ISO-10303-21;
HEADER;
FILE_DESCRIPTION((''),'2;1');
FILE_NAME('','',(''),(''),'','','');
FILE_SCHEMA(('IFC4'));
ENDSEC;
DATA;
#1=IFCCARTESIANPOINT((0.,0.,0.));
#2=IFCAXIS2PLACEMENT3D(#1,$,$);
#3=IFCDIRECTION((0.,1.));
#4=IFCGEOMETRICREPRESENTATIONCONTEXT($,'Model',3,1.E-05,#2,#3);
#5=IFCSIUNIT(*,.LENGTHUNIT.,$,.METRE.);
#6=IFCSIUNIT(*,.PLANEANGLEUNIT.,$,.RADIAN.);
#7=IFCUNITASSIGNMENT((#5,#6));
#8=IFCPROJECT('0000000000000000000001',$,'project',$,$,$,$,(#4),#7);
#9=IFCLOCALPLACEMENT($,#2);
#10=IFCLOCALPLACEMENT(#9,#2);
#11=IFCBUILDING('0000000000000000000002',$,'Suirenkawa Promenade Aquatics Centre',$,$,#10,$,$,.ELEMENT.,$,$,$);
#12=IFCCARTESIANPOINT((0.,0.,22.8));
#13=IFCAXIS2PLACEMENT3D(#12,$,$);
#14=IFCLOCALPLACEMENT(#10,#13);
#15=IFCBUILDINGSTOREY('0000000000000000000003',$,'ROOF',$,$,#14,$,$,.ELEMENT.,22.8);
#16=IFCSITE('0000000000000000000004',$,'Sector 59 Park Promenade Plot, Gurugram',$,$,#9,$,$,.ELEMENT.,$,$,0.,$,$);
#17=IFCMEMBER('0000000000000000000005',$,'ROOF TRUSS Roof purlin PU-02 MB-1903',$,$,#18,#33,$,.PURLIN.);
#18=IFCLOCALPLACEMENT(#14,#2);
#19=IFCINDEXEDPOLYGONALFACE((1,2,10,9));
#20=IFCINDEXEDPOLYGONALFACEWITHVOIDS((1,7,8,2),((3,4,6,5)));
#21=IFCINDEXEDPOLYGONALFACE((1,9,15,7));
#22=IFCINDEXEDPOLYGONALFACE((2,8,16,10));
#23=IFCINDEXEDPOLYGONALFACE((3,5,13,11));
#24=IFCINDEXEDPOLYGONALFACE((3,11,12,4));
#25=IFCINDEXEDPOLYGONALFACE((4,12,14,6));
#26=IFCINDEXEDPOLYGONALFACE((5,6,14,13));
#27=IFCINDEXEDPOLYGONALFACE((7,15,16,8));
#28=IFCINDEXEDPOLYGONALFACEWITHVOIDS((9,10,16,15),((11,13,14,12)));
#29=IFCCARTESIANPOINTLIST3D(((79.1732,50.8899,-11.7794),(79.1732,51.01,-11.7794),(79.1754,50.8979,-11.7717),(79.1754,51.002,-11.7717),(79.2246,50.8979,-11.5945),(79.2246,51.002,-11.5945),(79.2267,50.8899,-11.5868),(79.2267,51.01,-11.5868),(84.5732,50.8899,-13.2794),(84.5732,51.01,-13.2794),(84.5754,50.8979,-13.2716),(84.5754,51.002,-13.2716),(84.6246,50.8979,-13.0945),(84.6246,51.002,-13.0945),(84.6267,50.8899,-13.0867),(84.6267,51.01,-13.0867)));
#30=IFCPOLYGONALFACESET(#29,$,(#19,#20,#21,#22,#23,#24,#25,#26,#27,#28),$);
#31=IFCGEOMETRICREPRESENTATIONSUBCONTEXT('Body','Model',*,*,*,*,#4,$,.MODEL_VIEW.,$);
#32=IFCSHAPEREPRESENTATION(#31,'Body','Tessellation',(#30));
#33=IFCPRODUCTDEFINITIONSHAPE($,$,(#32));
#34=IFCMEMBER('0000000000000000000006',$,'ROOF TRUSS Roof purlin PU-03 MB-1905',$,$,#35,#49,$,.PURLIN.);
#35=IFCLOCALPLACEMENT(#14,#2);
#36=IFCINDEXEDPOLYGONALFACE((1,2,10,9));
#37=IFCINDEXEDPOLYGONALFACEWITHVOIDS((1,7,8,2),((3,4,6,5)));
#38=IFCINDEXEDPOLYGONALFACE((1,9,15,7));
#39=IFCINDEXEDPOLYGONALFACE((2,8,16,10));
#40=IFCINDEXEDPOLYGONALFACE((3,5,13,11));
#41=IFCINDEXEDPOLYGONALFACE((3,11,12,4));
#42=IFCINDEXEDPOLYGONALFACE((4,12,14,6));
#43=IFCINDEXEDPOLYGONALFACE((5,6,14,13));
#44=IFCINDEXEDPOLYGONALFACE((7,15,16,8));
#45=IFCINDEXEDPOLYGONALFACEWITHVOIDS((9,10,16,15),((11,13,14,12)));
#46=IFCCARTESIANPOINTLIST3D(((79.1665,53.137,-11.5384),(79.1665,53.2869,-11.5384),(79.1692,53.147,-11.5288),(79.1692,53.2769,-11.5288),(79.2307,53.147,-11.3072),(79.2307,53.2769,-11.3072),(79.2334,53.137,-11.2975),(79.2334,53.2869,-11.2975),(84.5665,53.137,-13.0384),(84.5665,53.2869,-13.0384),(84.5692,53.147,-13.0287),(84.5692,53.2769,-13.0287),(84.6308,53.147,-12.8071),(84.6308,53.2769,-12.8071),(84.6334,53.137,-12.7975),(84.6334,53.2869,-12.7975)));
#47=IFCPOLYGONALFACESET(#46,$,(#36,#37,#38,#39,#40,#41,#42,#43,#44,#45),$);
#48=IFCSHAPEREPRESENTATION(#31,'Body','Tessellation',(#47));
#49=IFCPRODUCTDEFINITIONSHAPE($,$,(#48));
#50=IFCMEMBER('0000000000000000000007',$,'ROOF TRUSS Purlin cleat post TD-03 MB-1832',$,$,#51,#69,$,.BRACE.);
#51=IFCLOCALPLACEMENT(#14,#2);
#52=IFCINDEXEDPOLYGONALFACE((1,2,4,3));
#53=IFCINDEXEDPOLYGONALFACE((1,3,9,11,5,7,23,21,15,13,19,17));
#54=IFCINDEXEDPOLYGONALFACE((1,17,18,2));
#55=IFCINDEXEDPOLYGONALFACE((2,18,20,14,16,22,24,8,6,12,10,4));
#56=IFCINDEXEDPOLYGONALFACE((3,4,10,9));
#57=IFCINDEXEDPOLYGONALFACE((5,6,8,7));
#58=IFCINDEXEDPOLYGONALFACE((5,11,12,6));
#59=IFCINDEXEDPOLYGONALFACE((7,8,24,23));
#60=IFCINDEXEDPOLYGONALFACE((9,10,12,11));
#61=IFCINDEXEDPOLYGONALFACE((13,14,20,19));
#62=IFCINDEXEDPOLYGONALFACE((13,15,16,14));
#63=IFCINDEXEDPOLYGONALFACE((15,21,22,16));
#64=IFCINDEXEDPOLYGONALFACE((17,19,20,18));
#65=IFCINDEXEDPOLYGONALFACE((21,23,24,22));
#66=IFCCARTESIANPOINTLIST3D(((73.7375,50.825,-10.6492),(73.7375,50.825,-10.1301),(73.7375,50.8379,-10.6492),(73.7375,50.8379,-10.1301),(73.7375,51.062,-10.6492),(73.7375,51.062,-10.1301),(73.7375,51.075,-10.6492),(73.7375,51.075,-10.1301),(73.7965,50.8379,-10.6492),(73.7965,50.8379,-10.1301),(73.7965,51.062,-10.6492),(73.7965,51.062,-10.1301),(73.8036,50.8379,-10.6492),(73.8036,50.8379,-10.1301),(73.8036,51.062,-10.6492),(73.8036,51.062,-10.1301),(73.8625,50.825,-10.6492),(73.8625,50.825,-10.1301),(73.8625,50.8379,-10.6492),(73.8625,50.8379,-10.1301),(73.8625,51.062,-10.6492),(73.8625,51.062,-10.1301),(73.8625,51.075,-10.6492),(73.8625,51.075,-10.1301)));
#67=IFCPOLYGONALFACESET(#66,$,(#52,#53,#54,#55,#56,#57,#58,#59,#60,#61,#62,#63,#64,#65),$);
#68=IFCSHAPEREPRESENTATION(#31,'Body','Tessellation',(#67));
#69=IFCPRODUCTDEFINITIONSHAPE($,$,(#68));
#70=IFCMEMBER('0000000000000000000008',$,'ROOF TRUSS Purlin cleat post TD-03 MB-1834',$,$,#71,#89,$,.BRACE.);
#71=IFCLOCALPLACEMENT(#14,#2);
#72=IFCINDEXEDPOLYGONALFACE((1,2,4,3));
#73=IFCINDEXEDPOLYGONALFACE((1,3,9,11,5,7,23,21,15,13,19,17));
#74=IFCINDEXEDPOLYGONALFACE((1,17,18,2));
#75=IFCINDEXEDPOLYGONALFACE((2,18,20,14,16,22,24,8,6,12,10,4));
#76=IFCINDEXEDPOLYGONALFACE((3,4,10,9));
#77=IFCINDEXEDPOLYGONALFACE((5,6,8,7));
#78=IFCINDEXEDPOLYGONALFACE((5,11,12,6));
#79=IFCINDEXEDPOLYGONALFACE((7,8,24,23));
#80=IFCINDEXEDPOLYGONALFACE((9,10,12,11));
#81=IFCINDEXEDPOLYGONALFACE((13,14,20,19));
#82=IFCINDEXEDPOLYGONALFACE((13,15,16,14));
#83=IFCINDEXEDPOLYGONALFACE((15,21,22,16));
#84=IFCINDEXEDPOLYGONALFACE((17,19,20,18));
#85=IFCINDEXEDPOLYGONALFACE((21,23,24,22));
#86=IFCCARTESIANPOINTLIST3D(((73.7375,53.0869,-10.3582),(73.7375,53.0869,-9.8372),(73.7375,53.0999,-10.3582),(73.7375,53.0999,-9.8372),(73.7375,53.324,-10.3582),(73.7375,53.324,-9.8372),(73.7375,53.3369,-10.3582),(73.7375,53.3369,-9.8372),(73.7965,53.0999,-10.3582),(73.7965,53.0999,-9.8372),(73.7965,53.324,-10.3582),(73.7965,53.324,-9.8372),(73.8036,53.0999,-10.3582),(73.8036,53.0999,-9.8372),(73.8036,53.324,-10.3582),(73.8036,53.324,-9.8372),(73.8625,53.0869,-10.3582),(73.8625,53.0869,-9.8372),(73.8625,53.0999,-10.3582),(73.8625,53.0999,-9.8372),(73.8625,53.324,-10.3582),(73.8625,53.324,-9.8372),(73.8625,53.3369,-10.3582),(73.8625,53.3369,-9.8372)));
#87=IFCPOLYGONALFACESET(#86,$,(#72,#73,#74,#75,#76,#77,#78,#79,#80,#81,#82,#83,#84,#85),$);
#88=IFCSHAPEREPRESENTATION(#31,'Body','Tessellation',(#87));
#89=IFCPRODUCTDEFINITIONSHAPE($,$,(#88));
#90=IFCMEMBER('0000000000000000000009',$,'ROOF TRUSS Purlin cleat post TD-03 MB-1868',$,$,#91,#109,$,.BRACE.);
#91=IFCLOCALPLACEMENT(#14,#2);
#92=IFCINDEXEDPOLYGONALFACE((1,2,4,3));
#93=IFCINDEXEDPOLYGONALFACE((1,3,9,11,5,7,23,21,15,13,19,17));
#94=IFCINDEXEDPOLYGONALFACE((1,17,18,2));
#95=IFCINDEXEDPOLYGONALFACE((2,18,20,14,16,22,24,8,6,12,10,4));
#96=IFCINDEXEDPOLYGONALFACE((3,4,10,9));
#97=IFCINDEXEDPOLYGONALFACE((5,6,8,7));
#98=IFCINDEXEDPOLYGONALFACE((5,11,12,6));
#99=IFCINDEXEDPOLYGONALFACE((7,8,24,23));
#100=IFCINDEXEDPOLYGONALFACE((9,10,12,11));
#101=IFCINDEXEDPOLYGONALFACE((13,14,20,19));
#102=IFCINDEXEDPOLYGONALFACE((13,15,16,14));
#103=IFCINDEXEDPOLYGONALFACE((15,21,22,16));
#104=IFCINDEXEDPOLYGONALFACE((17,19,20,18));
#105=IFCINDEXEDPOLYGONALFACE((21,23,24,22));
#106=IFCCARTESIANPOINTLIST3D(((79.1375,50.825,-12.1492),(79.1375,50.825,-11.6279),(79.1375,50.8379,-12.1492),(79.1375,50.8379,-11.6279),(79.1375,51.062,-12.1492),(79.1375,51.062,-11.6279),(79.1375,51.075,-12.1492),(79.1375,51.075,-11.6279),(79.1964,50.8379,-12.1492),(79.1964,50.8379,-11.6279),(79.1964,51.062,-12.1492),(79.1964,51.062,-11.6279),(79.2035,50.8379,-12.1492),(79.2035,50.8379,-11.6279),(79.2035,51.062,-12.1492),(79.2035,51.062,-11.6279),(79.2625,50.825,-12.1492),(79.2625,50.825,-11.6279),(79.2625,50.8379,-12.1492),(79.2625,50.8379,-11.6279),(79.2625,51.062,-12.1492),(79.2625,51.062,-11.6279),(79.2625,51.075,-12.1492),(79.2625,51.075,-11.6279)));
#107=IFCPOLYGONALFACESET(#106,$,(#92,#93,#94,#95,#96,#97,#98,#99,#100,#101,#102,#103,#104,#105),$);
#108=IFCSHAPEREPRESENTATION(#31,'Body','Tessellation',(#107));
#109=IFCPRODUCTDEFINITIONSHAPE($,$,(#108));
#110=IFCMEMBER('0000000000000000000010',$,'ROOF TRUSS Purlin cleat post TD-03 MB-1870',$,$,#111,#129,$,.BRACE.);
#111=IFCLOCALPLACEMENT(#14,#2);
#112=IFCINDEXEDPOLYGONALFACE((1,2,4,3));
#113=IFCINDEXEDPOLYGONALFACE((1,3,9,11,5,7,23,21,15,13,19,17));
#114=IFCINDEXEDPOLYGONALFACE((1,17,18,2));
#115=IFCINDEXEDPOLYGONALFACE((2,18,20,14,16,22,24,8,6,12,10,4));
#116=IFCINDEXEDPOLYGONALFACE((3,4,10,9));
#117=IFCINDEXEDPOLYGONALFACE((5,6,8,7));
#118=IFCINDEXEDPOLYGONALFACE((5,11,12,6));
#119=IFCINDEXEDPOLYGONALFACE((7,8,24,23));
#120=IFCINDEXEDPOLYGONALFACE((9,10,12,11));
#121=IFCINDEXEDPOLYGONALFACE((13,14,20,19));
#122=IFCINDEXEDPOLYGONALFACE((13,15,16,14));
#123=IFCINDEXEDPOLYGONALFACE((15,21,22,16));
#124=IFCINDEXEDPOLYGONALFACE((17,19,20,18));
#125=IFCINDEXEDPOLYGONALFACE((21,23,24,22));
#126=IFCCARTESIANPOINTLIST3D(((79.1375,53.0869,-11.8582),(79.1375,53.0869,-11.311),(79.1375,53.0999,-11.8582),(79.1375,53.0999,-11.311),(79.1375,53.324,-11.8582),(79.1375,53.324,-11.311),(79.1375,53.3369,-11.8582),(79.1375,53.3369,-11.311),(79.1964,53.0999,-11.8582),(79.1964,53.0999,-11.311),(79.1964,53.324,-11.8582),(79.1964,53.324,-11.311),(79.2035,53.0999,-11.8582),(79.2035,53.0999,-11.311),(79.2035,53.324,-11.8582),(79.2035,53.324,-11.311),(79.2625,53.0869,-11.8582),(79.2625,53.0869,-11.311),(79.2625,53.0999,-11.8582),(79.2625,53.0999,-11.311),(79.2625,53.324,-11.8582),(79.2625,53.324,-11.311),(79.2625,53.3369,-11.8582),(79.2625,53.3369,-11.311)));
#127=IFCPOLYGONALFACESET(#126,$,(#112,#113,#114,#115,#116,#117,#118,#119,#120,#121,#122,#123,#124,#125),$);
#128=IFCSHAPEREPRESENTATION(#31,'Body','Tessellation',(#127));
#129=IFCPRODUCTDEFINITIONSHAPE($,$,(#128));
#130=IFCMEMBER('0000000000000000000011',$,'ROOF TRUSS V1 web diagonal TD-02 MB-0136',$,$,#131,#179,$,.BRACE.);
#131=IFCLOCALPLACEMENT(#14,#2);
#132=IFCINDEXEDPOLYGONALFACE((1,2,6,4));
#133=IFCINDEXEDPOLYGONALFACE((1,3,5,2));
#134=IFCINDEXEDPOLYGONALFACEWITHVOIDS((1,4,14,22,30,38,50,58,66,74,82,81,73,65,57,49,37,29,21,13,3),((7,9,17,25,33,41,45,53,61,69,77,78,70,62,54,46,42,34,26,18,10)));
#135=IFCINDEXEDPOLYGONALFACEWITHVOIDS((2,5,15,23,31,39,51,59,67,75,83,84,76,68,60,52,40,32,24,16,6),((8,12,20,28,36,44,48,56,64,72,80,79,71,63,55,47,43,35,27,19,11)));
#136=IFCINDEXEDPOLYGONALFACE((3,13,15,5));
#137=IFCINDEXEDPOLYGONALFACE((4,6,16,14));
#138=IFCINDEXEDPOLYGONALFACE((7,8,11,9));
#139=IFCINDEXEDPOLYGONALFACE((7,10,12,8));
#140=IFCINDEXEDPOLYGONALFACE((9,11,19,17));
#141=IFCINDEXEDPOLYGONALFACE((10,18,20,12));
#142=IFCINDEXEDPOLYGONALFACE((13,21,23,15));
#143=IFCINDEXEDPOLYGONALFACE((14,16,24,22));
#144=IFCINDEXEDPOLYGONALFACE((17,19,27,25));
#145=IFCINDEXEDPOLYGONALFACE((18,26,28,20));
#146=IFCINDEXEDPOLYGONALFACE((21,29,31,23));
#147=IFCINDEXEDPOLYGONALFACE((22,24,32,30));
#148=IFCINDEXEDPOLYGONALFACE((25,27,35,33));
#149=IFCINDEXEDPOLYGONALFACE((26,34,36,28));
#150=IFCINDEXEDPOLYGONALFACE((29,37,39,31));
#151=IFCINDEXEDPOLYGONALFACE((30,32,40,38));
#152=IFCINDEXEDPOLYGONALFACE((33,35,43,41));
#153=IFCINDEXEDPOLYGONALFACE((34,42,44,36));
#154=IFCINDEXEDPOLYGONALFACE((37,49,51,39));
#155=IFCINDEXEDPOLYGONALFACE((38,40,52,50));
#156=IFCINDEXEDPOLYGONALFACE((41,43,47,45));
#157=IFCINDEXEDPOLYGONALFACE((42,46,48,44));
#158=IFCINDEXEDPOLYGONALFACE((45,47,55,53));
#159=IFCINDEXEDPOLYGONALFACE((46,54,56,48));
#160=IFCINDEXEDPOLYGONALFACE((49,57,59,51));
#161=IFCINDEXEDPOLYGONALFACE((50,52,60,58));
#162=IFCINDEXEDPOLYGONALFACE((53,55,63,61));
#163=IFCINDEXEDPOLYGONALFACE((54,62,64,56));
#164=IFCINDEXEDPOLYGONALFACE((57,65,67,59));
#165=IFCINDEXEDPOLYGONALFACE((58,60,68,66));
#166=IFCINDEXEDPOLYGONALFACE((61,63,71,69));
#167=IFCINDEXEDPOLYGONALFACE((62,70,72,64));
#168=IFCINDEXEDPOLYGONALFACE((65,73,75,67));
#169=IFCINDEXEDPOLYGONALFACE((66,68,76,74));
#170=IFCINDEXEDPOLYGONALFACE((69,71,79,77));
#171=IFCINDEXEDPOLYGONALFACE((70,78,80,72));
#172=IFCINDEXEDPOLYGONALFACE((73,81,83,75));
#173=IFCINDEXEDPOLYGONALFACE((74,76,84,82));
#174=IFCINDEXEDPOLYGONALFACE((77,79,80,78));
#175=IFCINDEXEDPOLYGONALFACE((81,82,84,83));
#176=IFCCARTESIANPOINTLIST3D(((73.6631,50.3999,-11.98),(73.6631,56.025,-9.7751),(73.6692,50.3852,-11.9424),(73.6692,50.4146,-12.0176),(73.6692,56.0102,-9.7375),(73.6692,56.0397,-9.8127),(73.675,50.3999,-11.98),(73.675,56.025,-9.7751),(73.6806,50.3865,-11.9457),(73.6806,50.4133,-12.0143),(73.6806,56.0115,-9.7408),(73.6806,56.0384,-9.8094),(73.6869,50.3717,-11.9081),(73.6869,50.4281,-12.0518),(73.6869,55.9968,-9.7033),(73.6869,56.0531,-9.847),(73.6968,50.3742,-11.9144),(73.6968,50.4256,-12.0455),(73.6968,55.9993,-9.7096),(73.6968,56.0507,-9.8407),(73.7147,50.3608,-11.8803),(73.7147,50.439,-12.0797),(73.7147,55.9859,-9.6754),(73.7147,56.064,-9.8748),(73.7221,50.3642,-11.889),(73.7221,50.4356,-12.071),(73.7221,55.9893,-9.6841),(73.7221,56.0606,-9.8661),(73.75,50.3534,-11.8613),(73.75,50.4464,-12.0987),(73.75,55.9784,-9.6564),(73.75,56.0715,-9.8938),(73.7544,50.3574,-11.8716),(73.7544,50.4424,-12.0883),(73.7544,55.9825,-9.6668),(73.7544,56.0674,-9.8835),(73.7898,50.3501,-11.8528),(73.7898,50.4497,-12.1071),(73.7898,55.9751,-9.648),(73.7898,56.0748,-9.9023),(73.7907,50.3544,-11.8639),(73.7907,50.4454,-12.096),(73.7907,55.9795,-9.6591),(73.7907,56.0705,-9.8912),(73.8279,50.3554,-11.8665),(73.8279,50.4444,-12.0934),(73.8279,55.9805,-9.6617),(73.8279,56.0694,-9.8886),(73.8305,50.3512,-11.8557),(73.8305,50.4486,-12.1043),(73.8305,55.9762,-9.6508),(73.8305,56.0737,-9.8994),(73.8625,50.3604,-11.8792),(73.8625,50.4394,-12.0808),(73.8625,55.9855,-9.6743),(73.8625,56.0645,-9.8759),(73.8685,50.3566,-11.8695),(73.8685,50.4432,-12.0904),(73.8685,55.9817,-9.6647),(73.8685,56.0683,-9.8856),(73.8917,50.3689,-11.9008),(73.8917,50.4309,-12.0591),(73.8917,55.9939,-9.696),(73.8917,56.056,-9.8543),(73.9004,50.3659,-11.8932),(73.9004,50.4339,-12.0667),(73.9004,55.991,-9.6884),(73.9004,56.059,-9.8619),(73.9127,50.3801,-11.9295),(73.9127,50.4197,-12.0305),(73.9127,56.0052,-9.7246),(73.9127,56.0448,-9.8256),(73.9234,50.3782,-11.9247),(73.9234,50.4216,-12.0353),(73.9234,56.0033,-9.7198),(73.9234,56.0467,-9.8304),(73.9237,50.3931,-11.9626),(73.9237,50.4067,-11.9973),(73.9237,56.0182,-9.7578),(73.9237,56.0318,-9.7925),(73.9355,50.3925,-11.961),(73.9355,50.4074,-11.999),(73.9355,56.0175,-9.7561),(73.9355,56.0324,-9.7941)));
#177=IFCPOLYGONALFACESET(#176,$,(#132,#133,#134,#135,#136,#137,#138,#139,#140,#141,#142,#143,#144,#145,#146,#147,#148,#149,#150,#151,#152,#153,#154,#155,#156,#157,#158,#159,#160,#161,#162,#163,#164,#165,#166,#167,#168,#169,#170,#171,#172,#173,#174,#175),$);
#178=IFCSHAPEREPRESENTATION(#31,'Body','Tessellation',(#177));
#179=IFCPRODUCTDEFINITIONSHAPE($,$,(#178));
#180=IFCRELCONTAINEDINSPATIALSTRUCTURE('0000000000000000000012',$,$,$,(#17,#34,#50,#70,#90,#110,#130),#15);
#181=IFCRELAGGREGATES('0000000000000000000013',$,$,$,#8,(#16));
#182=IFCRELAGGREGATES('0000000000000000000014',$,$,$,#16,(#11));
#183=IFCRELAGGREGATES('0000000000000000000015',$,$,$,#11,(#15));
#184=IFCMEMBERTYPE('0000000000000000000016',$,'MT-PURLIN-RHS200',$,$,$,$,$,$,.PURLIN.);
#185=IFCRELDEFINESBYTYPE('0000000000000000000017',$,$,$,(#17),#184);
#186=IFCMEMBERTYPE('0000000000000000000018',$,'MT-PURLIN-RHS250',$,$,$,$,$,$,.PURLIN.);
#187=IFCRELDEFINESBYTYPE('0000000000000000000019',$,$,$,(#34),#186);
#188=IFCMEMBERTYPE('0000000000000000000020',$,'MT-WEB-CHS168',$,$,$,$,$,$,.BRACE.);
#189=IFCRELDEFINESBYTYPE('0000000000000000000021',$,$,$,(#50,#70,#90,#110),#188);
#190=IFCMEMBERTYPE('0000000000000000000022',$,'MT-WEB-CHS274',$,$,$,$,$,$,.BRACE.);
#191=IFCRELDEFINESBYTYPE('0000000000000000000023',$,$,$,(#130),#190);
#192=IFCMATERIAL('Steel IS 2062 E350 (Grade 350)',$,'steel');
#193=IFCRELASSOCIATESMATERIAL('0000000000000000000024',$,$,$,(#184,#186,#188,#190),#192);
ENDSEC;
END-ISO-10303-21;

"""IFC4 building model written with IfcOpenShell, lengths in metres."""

from ifc_helpers import new_model, si_unit, direction, frame, origin, origin_2d, place, context, subcontext, project, spatial, hollow_rectangle, hollow_circle, i_section, extrude, material, material_profile, profile_set, type_object, element, save


model = new_model("IFC4")

# Units and contexts
model_context = context("Model", 3, precision=1e-05, world=origin(), true_north=direction((0.0, 1.0)))
body_context = subcontext(model_context, "Body", "Model", "MODEL_VIEW")
ifc_project = project(units=[si_unit("LENGTHUNIT", "METRE"), si_unit("PLANEANGLEUNIT", "RADIAN")], contexts=[model_context])

# Site, building, storey
site_placement = place(None, origin())
site = spatial("IfcSite", under=ifc_project, at=site_placement, Name="Sector 59 Park Promenade Plot, Gurugram", CompositionType="ELEMENT", RefElevation=0.0)
building_placement = place(site_placement, origin())
building = spatial("IfcBuilding", under=site, at=building_placement, Name="Suirenkawa Promenade Aquatics Centre", CompositionType="ELEMENT")
storey_placement = place(building_placement, frame((0.0, 0.0, 22.8)))
storey = spatial("IfcBuildingStorey", under=building, at=storey_placement, Name="ROOF", CompositionType="ELEMENT", Elevation=22.8)

# Shared definitions
ifc_material_1 = material(Name="Steel IS 2062 E350 (Grade 350)", Category="steel")

# Members
ifc_material_profile_1 = material_profile(ifc_material_1, hollow_rectangle(XDim=0.1201, YDim=0.2, WallThickness=0.0081, at=origin_2d()), Name="RHS 200x120x8", Category="steel")
ifc_profile_set_1 = profile_set([ifc_material_profile_1], Name="Steel IS 2062 E350 (Grade 350)")
member_type_1 = type_object("IfcMemberType", Name="MT-PURLIN-RHS200", PredefinedType="PURLIN", material=ifc_profile_set_1)
member_1_placement = place(storey_placement, frame((79.2, 50.95, -11.6831), z_axis=(0.96352, 0.0, -0.267637), x_axis=(0.0, 1.0, 0.0)))
element("IfcMember", 1, at=member_1_placement, inside=storey, type_object=member_type_1, Name="ROOF TRUSS Roof purlin PU-02 MB-1903", PredefinedType="PURLIN", context=body_context, shape_type="SweptSolid", body=[
    extrude(hollow_rectangle(XDim=0.1201, YDim=0.2, WallThickness=0.0081, at=origin_2d()), origin(), (0.0, 0.0, 1.0), 5.6045),
])
ifc_material_profile_2 = material_profile(ifc_material_1, hollow_rectangle(XDim=0.1499, YDim=0.25, WallThickness=0.01, at=origin_2d()), Name="RHS 250x150x10", Category="steel")
ifc_profile_set_2 = profile_set([ifc_material_profile_2], Name="Steel IS 2062 E350 (Grade 350)")
member_type_2 = type_object("IfcMemberType", Name="MT-PURLIN-RHS250", PredefinedType="PURLIN", material=ifc_profile_set_2)
member_2_placement = place(storey_placement, frame((79.2, 53.2119, -11.418), z_axis=(0.96352, 0.0, -0.267637), x_axis=(0.0, 1.0, 0.0)))
element("IfcMember", 2, at=member_2_placement, inside=storey, type_object=member_type_2, Name="ROOF TRUSS Roof purlin PU-03 MB-1905", PredefinedType="PURLIN", context=body_context, shape_type="SweptSolid", body=[
    extrude(hollow_rectangle(XDim=0.1499, YDim=0.25, WallThickness=0.01, at=origin_2d()), origin(), (0.0, 0.0, 1.0), 5.6045),
])
ifc_material_profile_3 = material_profile(ifc_material_1, i_section(OverallWidth=0.125, OverallDepth=0.25, WebThickness=0.0071, FlangeThickness=0.0129, at=origin_2d()), Name="ISMB 250", Category="steel")
ifc_profile_set_3 = profile_set([ifc_material_profile_3], Name="Steel IS 2062 E350 (Grade 350)")
member_type_3 = type_object("IfcMemberType", Name="MT-WEB-CHS168", PredefinedType="BRACE", material=ifc_profile_set_3)
member_3_placement = place(storey_placement, frame((73.8, 50.95, -10.6492), z_axis=(0.0, 0.0, 1.0), x_axis=(1.0, 0.0, 0.0)))
element("IfcMember", 3, at=member_3_placement, inside=storey, type_object=member_type_3, Name="ROOF TRUSS Purlin cleat post TD-03 MB-1832", PredefinedType="BRACE", context=body_context, shape_type="SweptSolid", body=[
    extrude(i_section(OverallWidth=0.125, OverallDepth=0.25, WebThickness=0.0071, FlangeThickness=0.0129, at=origin_2d()), origin(), (0.0, 0.0, 1.0), 0.519),
])
member_4_placement = place(storey_placement, frame((73.8, 53.2119, -10.3582), z_axis=(0.0, 0.0, 1.0), x_axis=(1.0, 0.0, 0.0)))
element("IfcMember", 4, at=member_4_placement, inside=storey, type_object=member_type_3, Name="ROOF TRUSS Purlin cleat post TD-03 MB-1834", PredefinedType="BRACE", context=body_context, shape_type="SweptSolid", body=[
    extrude(i_section(OverallWidth=0.125, OverallDepth=0.25, WebThickness=0.0071, FlangeThickness=0.0129, at=origin_2d()), origin(), (0.0, 0.0, 1.0), 0.521),
])
member_5_placement = place(storey_placement, frame((79.2, 50.95, -12.1492), z_axis=(0.0, 0.0, 1.0), x_axis=(1.0, 0.0, 0.0)))
element("IfcMember", 5, at=member_5_placement, inside=storey, type_object=member_type_3, Name="ROOF TRUSS Purlin cleat post TD-03 MB-1868", PredefinedType="BRACE", context=body_context, shape_type="SweptSolid", body=[
    extrude(i_section(OverallWidth=0.125, OverallDepth=0.25, WebThickness=0.0071, FlangeThickness=0.0129, at=origin_2d()), origin(), (0.0, 0.0, 1.0), 0.5212),
])
member_6_placement = place(storey_placement, frame((79.2, 53.2119, -11.8582), z_axis=(0.0, 0.0, 1.0), x_axis=(1.0, 0.0, 0.0)))
element("IfcMember", 6, at=member_6_placement, inside=storey, type_object=member_type_3, Name="ROOF TRUSS Purlin cleat post TD-03 MB-1870", PredefinedType="BRACE", context=body_context, shape_type="SweptSolid", body=[
    extrude(i_section(OverallWidth=0.125, OverallDepth=0.25, WebThickness=0.0071, FlangeThickness=0.0129, at=origin_2d()), origin(), (0.0, 0.0, 1.0), 0.5471),
])
ifc_material_profile_4 = material_profile(ifc_material_1, hollow_circle(Radius=0.137, WallThickness=0.012, at=origin_2d()), Name="CHS 274x12", Category="steel")
ifc_profile_set_4 = profile_set([ifc_material_profile_4], Name="Steel IS 2062 E350 (Grade 350)")
member_type_4 = type_object("IfcMemberType", Name="MT-WEB-CHS274", PredefinedType="BRACE", material=ifc_profile_set_4)
for number, where, z_axis, x_axis, name in (
    (7, (73.8, 50.3999, -11.98), (0.0, 0.931032, 0.364937), (-1.0, 0.0, 0.0), "ROOF TRUSS V1 web diagonal TD-02 MB-0136"),
):
    element("IfcMember", number, at=place(storey_placement, frame(where, z_axis=z_axis, x_axis=x_axis)), inside=storey, type_object=member_type_4, Name=name, PredefinedType="BRACE", context=body_context, shape_type="SweptSolid", body=[
        extrude(hollow_circle(Radius=0.137, WallThickness=0.012, at=origin_2d()), origin(), (0.0, 0.0, 1.0), 6.0417),
    ])

save(model, "model.ifc")
